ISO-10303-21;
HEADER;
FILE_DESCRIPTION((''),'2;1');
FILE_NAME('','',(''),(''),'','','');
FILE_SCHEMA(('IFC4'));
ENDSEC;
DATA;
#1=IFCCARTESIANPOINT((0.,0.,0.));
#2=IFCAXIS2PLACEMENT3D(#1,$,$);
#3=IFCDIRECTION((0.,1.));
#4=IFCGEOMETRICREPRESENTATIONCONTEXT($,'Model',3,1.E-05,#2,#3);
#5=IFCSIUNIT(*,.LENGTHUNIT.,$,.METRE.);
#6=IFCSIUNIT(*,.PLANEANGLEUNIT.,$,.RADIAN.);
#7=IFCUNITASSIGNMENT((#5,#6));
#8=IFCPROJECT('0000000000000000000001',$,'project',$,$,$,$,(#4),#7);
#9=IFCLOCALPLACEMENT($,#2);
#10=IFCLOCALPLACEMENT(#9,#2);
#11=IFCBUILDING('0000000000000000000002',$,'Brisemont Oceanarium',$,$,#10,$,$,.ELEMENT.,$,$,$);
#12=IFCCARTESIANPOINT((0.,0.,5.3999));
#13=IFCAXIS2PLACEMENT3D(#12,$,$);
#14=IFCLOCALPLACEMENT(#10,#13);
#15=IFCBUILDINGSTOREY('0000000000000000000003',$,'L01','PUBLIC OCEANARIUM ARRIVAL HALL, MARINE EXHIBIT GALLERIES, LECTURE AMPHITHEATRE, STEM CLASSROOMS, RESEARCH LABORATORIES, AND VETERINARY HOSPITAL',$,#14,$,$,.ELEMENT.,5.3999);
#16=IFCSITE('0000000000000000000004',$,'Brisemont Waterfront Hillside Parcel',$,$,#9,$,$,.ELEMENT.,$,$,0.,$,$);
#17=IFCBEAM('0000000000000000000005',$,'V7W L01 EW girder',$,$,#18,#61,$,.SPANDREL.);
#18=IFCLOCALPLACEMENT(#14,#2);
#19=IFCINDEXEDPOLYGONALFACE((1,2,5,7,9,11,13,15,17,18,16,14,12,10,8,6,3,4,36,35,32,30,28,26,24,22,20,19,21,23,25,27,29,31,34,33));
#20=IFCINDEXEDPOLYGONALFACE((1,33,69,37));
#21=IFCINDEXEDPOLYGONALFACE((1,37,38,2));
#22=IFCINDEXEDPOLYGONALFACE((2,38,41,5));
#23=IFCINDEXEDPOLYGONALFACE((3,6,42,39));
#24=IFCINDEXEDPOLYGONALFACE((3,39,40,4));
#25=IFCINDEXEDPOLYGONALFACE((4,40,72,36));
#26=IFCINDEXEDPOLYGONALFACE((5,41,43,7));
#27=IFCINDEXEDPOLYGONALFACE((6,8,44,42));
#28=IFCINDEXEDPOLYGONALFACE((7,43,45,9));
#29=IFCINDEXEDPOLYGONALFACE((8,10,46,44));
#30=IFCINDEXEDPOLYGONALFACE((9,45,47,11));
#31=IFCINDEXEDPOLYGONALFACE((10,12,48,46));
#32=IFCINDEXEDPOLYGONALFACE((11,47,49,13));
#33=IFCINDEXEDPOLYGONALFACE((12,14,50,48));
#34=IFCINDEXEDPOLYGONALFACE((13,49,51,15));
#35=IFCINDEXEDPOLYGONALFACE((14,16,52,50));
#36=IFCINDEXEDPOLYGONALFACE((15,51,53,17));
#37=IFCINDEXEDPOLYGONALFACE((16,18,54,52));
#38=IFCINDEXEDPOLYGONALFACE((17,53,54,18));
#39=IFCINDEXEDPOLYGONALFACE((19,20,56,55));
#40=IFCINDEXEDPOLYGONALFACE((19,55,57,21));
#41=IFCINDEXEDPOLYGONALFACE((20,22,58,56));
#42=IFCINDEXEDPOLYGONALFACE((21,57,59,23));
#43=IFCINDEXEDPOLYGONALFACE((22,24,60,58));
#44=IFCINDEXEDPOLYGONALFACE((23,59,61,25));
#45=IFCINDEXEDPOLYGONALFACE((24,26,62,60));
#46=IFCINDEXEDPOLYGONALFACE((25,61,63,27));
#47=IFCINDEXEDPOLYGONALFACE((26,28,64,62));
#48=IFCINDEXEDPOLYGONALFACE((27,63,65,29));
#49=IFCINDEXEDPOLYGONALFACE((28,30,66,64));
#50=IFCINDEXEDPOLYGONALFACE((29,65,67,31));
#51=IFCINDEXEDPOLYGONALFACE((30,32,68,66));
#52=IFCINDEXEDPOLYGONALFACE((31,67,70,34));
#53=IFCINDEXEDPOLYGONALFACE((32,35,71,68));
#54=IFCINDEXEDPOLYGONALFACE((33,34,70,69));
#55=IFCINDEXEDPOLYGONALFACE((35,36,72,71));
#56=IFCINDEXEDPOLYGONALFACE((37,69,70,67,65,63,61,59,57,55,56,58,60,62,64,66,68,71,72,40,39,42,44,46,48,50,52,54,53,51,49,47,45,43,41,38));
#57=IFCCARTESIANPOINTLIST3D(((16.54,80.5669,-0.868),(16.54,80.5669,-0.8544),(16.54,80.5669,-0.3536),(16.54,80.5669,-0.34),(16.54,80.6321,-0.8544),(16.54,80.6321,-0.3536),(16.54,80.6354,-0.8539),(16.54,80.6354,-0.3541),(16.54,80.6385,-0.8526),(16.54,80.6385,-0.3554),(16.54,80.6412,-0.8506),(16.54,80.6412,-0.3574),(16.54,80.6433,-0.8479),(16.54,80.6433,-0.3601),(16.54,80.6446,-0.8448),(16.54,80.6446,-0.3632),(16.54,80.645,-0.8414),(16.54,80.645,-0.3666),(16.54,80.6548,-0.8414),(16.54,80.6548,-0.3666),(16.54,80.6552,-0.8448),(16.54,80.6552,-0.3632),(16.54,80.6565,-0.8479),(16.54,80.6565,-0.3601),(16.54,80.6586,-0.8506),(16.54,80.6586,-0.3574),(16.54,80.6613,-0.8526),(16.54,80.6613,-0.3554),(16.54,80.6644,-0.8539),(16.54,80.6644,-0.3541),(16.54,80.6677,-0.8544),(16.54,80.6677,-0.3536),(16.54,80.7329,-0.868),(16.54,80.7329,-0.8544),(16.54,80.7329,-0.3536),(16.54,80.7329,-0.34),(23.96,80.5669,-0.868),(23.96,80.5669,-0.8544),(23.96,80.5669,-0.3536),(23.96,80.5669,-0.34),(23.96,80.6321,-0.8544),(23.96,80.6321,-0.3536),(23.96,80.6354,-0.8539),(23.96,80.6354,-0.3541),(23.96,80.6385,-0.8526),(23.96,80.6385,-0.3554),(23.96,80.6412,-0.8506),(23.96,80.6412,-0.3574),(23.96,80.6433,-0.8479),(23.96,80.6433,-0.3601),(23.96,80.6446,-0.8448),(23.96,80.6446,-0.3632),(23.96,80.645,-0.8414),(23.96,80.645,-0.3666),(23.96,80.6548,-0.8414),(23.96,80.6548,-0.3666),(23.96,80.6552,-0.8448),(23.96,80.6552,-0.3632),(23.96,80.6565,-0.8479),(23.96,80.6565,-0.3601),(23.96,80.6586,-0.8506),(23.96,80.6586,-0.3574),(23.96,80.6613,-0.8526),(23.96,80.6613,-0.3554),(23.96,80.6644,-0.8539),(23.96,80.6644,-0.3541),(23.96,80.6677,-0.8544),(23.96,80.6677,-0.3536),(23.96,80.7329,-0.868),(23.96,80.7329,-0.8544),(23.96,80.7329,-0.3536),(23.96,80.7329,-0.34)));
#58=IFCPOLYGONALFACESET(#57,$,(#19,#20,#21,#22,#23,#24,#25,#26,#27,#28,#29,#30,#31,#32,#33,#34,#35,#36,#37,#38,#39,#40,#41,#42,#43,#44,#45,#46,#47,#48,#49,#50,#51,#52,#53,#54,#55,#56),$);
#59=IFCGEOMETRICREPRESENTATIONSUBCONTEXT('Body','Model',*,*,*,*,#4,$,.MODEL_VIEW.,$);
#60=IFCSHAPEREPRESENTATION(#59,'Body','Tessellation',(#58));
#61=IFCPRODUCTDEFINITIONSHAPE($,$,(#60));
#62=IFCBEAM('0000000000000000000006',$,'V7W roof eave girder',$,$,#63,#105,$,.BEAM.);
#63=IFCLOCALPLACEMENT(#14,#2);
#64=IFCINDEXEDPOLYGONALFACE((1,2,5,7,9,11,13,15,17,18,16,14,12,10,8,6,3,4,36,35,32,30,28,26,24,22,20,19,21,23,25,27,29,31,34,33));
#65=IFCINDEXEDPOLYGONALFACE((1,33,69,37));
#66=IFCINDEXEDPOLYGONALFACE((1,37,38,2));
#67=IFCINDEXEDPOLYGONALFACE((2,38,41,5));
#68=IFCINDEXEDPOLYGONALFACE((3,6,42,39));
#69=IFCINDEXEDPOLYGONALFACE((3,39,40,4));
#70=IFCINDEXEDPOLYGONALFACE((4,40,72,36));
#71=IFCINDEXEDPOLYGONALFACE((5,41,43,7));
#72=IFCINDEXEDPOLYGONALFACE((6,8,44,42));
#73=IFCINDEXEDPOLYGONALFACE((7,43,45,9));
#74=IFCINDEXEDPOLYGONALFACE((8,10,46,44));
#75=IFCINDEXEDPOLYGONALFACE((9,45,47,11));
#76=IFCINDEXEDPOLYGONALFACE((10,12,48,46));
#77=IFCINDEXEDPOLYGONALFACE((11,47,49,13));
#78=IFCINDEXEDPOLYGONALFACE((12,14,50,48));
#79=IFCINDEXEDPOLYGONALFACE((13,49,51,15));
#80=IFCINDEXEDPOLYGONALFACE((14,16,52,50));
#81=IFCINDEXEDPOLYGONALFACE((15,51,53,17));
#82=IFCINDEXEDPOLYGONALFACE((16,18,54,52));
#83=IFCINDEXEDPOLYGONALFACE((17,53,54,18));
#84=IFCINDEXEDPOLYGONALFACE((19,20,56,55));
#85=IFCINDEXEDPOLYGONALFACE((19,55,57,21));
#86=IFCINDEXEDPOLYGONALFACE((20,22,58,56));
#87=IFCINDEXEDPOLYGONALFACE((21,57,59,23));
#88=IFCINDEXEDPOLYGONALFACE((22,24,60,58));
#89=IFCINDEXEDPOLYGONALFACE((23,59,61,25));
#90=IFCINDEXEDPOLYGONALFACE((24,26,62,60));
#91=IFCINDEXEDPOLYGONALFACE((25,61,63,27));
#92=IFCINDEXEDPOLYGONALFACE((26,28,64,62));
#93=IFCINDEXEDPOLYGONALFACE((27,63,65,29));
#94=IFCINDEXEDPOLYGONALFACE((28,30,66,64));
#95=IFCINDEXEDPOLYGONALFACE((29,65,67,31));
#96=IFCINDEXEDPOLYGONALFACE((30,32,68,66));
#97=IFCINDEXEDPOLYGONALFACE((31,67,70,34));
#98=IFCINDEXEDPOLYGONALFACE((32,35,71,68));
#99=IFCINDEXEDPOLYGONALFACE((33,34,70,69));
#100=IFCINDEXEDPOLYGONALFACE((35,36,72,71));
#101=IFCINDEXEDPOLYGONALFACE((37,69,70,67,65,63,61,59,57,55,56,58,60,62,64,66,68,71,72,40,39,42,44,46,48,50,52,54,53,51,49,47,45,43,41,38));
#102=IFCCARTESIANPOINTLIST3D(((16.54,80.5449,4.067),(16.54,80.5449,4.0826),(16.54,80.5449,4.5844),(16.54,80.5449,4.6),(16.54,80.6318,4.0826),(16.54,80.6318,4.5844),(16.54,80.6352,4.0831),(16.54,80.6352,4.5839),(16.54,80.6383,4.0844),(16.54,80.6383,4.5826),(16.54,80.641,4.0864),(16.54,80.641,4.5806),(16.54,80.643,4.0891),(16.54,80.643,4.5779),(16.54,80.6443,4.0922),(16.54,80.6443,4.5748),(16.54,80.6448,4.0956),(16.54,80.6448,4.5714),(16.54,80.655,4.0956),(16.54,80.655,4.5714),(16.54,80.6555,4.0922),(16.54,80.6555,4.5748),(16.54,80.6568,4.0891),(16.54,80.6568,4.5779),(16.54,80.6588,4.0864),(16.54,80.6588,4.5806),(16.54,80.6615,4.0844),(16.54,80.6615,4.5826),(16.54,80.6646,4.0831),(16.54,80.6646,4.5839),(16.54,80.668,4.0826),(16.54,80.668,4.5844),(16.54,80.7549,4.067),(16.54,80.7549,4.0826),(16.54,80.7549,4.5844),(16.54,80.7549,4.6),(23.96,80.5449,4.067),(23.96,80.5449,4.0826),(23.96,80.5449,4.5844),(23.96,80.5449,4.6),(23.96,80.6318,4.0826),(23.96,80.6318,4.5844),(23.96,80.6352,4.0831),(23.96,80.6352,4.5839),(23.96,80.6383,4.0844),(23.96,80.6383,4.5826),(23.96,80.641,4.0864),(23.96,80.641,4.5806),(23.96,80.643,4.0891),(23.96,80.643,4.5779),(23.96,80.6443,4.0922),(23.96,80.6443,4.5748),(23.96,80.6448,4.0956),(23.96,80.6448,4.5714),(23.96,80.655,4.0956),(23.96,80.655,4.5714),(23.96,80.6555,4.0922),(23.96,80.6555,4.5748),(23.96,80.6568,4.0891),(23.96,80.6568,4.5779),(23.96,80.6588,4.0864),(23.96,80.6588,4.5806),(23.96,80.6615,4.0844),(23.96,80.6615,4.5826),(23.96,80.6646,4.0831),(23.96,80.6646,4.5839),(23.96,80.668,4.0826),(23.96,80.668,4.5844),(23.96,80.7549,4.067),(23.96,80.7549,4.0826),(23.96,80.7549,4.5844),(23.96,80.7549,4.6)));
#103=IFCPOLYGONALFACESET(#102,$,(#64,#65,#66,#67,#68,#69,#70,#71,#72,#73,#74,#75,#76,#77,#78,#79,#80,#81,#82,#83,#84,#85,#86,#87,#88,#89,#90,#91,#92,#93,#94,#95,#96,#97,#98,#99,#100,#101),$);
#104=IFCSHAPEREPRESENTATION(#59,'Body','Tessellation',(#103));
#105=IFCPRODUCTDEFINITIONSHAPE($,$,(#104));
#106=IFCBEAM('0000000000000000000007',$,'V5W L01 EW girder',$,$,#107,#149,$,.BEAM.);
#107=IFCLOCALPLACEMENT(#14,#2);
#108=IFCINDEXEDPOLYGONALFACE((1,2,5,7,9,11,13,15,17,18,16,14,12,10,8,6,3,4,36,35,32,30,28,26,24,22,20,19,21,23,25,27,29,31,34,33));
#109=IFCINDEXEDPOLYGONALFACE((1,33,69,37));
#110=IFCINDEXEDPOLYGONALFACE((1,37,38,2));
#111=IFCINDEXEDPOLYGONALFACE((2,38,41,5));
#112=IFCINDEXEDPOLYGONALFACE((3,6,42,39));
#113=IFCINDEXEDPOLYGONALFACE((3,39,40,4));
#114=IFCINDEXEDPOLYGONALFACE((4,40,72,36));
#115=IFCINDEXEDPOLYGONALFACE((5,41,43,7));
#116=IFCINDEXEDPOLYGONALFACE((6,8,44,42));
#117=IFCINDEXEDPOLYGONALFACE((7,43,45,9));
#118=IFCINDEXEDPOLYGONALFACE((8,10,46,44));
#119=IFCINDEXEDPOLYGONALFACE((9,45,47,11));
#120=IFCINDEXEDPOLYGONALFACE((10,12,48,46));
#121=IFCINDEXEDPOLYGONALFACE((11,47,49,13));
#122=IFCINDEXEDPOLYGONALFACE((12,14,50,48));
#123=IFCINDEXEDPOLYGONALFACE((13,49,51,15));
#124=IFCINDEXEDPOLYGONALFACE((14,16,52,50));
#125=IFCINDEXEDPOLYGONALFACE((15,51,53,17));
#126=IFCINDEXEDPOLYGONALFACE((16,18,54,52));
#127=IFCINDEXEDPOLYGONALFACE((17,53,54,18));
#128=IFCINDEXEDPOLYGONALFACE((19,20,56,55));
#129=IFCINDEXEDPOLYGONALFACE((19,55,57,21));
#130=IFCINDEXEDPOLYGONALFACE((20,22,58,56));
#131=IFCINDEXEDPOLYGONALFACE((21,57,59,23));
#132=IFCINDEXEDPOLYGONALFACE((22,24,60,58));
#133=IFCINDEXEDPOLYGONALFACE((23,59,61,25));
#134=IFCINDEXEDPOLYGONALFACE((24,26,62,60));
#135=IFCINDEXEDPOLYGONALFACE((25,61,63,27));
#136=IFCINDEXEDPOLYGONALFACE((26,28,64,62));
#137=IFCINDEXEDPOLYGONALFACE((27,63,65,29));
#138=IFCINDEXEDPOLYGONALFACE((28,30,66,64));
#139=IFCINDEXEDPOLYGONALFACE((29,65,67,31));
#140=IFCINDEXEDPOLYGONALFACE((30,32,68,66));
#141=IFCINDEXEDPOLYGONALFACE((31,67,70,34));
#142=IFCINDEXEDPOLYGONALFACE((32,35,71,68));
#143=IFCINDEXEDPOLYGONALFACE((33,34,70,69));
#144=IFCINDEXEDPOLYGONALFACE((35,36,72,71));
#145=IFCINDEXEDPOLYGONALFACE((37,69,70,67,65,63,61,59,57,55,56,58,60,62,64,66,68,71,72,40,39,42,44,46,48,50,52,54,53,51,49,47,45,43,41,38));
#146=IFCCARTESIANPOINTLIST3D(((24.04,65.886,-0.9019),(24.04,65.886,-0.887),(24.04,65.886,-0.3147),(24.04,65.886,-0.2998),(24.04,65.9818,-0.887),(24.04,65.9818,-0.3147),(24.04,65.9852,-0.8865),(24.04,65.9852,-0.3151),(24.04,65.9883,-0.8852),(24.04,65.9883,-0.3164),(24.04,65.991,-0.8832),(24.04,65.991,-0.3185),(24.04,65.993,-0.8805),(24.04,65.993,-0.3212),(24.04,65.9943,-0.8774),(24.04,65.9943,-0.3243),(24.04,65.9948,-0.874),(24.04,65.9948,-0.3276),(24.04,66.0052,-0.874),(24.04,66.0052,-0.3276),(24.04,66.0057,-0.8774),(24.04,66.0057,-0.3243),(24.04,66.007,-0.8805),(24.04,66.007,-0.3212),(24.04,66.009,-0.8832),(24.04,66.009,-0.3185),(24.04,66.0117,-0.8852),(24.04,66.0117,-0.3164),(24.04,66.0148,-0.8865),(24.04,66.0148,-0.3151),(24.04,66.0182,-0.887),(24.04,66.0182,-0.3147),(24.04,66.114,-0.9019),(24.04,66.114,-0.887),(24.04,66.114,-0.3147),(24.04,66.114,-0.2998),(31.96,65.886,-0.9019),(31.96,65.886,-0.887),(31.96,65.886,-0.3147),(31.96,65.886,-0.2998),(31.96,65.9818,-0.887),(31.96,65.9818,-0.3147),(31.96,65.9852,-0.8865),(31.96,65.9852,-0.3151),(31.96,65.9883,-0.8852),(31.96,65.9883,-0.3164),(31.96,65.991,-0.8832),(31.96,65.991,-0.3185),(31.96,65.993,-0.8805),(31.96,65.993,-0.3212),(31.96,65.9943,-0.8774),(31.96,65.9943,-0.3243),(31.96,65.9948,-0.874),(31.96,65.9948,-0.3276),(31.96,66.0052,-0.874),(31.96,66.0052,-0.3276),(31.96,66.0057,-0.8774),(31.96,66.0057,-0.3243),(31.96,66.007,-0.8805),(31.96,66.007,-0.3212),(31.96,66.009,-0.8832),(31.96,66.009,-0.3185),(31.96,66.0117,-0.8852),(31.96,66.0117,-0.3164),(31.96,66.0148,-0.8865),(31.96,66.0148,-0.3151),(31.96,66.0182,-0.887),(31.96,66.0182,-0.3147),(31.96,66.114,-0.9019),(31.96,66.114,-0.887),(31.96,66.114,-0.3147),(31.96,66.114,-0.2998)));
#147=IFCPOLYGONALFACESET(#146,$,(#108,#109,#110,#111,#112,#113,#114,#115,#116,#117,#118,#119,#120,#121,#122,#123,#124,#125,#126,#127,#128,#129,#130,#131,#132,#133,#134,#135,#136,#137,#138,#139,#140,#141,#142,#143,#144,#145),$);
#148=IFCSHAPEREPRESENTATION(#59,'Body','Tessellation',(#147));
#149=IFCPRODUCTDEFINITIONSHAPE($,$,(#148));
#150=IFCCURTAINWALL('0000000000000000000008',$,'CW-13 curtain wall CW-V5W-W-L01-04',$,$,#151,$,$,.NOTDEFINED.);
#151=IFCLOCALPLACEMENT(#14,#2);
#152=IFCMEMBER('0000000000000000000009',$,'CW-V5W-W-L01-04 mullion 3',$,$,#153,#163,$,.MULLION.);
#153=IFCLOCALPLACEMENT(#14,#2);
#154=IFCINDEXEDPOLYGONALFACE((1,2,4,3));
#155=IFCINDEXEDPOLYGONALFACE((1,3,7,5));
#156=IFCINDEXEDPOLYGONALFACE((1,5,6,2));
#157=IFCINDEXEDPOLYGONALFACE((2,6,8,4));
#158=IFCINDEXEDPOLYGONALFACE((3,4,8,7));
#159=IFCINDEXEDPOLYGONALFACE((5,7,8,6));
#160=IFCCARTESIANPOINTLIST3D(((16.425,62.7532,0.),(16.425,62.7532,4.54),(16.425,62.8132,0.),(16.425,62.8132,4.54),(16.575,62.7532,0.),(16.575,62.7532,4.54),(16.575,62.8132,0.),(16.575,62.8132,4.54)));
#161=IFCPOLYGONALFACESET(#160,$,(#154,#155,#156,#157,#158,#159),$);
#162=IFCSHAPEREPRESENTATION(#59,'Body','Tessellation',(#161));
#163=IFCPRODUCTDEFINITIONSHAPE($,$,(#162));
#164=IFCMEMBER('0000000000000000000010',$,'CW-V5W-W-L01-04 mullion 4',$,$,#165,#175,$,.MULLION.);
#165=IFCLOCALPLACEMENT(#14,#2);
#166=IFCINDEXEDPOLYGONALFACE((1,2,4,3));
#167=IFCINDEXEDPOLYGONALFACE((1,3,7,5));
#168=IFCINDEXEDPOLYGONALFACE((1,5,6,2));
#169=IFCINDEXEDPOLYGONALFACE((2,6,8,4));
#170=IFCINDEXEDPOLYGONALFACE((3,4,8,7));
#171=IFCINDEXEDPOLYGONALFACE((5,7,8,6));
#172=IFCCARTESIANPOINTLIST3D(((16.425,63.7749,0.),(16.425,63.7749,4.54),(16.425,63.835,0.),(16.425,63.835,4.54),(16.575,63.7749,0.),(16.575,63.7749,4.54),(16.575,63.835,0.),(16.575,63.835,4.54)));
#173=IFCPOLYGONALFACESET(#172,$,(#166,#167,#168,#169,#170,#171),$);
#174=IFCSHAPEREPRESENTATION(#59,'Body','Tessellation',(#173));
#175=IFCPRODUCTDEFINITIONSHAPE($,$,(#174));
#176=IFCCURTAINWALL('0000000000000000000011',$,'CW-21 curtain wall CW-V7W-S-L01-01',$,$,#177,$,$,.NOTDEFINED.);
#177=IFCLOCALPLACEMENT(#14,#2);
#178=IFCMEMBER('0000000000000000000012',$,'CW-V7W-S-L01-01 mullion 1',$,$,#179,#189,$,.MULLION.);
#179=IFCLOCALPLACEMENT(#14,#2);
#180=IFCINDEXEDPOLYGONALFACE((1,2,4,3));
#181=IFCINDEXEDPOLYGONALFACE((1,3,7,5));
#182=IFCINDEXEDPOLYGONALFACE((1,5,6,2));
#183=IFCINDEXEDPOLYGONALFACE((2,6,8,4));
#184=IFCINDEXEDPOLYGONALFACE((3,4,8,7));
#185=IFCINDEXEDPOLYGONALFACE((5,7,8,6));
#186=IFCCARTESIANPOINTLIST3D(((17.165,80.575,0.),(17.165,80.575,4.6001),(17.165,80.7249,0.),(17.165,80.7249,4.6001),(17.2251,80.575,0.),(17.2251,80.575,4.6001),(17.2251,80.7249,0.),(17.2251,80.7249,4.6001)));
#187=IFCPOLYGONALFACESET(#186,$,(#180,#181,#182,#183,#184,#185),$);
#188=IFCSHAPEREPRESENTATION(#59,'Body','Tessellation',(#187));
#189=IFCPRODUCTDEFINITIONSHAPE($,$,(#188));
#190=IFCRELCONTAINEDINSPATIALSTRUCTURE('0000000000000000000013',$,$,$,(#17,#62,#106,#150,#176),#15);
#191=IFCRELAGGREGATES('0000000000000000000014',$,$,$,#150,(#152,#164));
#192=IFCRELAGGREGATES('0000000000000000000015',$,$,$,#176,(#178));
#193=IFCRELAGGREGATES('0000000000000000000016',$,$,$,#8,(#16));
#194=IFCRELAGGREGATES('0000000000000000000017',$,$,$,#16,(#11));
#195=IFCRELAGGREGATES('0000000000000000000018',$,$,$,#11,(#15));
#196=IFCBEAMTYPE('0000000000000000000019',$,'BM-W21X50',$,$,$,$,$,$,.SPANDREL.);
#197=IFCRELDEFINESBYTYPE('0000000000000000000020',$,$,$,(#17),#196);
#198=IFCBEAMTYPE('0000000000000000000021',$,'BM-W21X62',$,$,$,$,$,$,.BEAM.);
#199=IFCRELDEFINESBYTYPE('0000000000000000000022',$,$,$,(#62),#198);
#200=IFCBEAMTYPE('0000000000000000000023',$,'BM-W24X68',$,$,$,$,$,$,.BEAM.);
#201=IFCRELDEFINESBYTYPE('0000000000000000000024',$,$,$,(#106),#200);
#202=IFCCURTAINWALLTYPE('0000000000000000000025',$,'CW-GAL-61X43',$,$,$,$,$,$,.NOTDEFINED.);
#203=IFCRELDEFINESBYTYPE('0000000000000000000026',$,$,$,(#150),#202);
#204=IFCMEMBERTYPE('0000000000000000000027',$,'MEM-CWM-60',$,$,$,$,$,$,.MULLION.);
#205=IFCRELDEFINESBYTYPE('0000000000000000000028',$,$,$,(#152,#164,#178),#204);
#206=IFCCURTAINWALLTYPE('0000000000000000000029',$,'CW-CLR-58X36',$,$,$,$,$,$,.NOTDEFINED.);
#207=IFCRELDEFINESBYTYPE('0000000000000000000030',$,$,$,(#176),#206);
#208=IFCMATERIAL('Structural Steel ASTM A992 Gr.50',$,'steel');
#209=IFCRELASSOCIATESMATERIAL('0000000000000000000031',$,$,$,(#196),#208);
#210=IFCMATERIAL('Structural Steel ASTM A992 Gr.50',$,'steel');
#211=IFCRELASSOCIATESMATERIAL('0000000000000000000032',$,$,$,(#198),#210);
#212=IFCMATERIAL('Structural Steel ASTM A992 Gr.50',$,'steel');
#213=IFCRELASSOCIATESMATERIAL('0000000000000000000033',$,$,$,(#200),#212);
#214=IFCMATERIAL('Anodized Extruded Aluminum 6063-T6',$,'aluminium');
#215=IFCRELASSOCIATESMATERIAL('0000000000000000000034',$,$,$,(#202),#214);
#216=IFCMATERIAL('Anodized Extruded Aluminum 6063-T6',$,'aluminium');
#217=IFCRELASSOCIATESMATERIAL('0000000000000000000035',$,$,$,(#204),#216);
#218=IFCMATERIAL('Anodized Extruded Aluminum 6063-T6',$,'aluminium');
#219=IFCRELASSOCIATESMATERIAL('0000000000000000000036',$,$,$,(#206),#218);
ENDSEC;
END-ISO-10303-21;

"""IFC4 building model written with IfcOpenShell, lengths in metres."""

from ifc_helpers import new_model, si_unit, direction, frame, origin, origin_2d, place, context, subcontext, project, spatial, rectangle, i_section, extrude, material, material_profile, profile_set, type_object, element, aggregate, save


model = new_model("IFC4")

# Units and contexts
model_context = context("Model", 3, precision=1e-05, world=origin(), true_north=direction((0.0, 1.0)))
body_context = subcontext(model_context, "Body", "Model", "MODEL_VIEW")
ifc_project = project(units=[si_unit("LENGTHUNIT", "METRE"), si_unit("PLANEANGLEUNIT", "RADIAN")], contexts=[model_context])

# Site, building, storey
site_placement = place(None, origin())
site = spatial("IfcSite", under=ifc_project, at=site_placement, Name="Brisemont Waterfront Hillside Parcel", CompositionType="ELEMENT", RefElevation=0.0)
building_placement = place(site_placement, origin())
building = spatial("IfcBuilding", under=site, at=building_placement, Name="Brisemont Oceanarium", CompositionType="ELEMENT")
storey_placement = place(building_placement, frame((0.0, 0.0, 5.3999)))
storey = spatial("IfcBuildingStorey", under=building, at=storey_placement, Name="L01", Description="PUBLIC OCEANARIUM ARRIVAL HALL, MARINE EXHIBIT GALLERIES, LECTURE AMPHITHEATRE, STEM CLASSROOMS, RESEARCH LABORATORIES, AND VETERINARY HOSPITAL", CompositionType="ELEMENT", Elevation=5.3999)

# Beams
ifc_material_1 = material(Name="Structural Steel ASTM A992 Gr.50", Category="steel")
ifc_material_profile_1 = material_profile(ifc_material_1, i_section(OverallWidth=0.166, OverallDepth=0.5281, WebThickness=0.0098, FlangeThickness=0.0137, FilletRadius=0.0129, at=origin_2d()), Name="W21X50")
ifc_profile_set_1 = profile_set([ifc_material_profile_1], Name="Structural Steel ASTM A992 Gr.50")
beam_type_1 = type_object("IfcBeamType", Name="BM-W21X50", PredefinedType="SPANDREL", material=ifc_profile_set_1)
beam_1_placement = place(storey_placement, frame((16.54, 80.6499, -0.604), z_axis=(1.0, 0.0, 0.0), x_axis=(0.0, 1.0, 0.0)))
element("IfcBeam", 1, at=beam_1_placement, inside=storey, type_object=beam_type_1, Name="V7W L01 EW girder", PredefinedType="SPANDREL", context=body_context, shape_type="SweptSolid", body=[
    extrude(i_section(OverallWidth=0.166, OverallDepth=0.5281, WebThickness=0.0098, FlangeThickness=0.0137, FilletRadius=0.0129, at=origin_2d()), origin(), (0.0, 0.0, 1.0), 7.4199),
])
ifc_material_2 = material(Name="Structural Steel ASTM A992 Gr.50", Category="steel")
ifc_material_profile_2 = material_profile(ifc_material_2, i_section(OverallWidth=0.21, OverallDepth=0.533, WebThickness=0.0103, FlangeThickness=0.0156, FilletRadius=0.0129, at=origin_2d()), Name="W21X62")
ifc_profile_set_2 = profile_set([ifc_material_profile_2], Name="Structural Steel ASTM A992 Gr.50")
beam_type_2 = type_object("IfcBeamType", Name="BM-W21X62", PredefinedType="BEAM", material=ifc_profile_set_2)
beam_2_placement = place(storey_placement, frame((16.54, 80.6499, 4.3335), z_axis=(1.0, 0.0, 0.0), x_axis=(0.0, 1.0, 0.0)))
element("IfcBeam", 2, at=beam_2_placement, inside=storey, type_object=beam_type_2, Name="V7W roof eave girder", PredefinedType="BEAM", context=body_context, shape_type="SweptSolid", body=[
    extrude(i_section(OverallWidth=0.21, OverallDepth=0.533, WebThickness=0.0103, FlangeThickness=0.0156, FilletRadius=0.0129, at=origin_2d()), origin(), (0.0, 0.0, 1.0), 7.4199),
])
ifc_material_3 = material(Name="Structural Steel ASTM A992 Gr.50", Category="steel")
ifc_material_profile_3 = material_profile(ifc_material_3, i_section(OverallWidth=0.228, OverallDepth=0.6021, WebThickness=0.0105, FlangeThickness=0.0149, FilletRadius=0.0129, at=origin_2d()), Name="W24X68")
ifc_profile_set_3 = profile_set([ifc_material_profile_3], Name="Structural Steel ASTM A992 Gr.50")
beam_type_3 = type_object("IfcBeamType", Name="BM-W24X68", PredefinedType="BEAM", material=ifc_profile_set_3)
beam_3_placement = place(storey_placement, frame((24.04, 66.0, -0.6008), z_axis=(1.0, 0.0, 0.0), x_axis=(0.0, 1.0, 0.0)))
element("IfcBeam", 3, at=beam_3_placement, inside=storey, type_object=beam_type_3, Name="V5W L01 EW girder", PredefinedType="BEAM", context=body_context, shape_type="SweptSolid", body=[
    extrude(i_section(OverallWidth=0.228, OverallDepth=0.6021, WebThickness=0.0105, FlangeThickness=0.0149, FilletRadius=0.0129, at=origin_2d()), origin(), (0.0, 0.0, 1.0), 7.9199),
])

# Curtain walls, members
ifc_material_4 = material(Name="Anodized Extruded Aluminum 6063-T6", Category="aluminium")
curtain_wall_type_1 = type_object("IfcCurtainWallType", Name="CW-GAL-61X43", PredefinedType="NOTDEFINED", material=ifc_material_4)
curtain_wall_1_placement = place(storey_placement, origin())
curtain_wall_1 = element("IfcCurtainWall", 4, at=curtain_wall_1_placement, inside=storey, type_object=curtain_wall_type_1, Name="CW-13 curtain wall CW-V5W-W-L01-04", PredefinedType="NOTDEFINED")
ifc_material_5 = material(Name="Anodized Extruded Aluminum 6063-T6", Category="aluminium")
ifc_material_profile_4 = material_profile(ifc_material_5, rectangle(XDim=0.0601, YDim=0.1499, at=origin_2d()), Name="CWM-60X150")
ifc_profile_set_4 = profile_set([ifc_material_profile_4], Name="Anodized Extruded Aluminum 6063-T6")
member_type_1 = type_object("IfcMemberType", Name="MEM-CWM-60", PredefinedType="MULLION", material=ifc_profile_set_4)
member_1_placement = place(storey_placement, frame((16.5, 62.7832, 0.0), z_axis=(0.0, 0.0, 1.0), x_axis=(0.0, 1.0, 0.0)))
member_1 = element("IfcMember", 5, at=member_1_placement, type_object=member_type_1, Name="CW-V5W-W-L01-04 mullion 3", PredefinedType="MULLION", context=body_context, shape_type="SweptSolid", body=[
    extrude(rectangle(XDim=0.0601, YDim=0.1499, at=origin_2d()), origin(), (0.0, 0.0, 1.0), 4.54),
])
member_2_placement = place(storey_placement, frame((16.5, 63.8049, 0.0), z_axis=(0.0, 0.0, 1.0), x_axis=(0.0, 1.0, 0.0)))
member_2 = element("IfcMember", 6, at=member_2_placement, type_object=member_type_1, Name="CW-V5W-W-L01-04 mullion 4", PredefinedType="MULLION", context=body_context, shape_type="SweptSolid", body=[
    extrude(rectangle(XDim=0.0601, YDim=0.1499, at=origin_2d()), origin(), (0.0, 0.0, 1.0), 4.54),
])
ifc_material_6 = material(Name="Anodized Extruded Aluminum 6063-T6", Category="aluminium")
curtain_wall_type_2 = type_object("IfcCurtainWallType", Name="CW-CLR-58X36", PredefinedType="NOTDEFINED", material=ifc_material_6)
curtain_wall_2_placement = place(storey_placement, origin())
curtain_wall_2 = element("IfcCurtainWall", 7, at=curtain_wall_2_placement, inside=storey, type_object=curtain_wall_type_2, Name="CW-21 curtain wall CW-V7W-S-L01-01", PredefinedType="NOTDEFINED")
member_3_placement = place(storey_placement, frame((17.1951, 80.6499, 0.0), z_axis=(0.0, 0.0, 1.0), x_axis=(1.0, 0.0, 0.0)))
member_3 = element("IfcMember", 8, at=member_3_placement, type_object=member_type_1, Name="CW-V7W-S-L01-01 mullion 1", PredefinedType="MULLION", context=body_context, shape_type="SweptSolid", body=[
    extrude(rectangle(XDim=0.0601, YDim=0.1499, at=origin_2d()), origin(), (0.0, 0.0, 1.0), 4.6001),
])

aggregate(curtain_wall_1, [member_1, member_2])
aggregate(curtain_wall_2, [member_3])

save(model, "model.ifc")
